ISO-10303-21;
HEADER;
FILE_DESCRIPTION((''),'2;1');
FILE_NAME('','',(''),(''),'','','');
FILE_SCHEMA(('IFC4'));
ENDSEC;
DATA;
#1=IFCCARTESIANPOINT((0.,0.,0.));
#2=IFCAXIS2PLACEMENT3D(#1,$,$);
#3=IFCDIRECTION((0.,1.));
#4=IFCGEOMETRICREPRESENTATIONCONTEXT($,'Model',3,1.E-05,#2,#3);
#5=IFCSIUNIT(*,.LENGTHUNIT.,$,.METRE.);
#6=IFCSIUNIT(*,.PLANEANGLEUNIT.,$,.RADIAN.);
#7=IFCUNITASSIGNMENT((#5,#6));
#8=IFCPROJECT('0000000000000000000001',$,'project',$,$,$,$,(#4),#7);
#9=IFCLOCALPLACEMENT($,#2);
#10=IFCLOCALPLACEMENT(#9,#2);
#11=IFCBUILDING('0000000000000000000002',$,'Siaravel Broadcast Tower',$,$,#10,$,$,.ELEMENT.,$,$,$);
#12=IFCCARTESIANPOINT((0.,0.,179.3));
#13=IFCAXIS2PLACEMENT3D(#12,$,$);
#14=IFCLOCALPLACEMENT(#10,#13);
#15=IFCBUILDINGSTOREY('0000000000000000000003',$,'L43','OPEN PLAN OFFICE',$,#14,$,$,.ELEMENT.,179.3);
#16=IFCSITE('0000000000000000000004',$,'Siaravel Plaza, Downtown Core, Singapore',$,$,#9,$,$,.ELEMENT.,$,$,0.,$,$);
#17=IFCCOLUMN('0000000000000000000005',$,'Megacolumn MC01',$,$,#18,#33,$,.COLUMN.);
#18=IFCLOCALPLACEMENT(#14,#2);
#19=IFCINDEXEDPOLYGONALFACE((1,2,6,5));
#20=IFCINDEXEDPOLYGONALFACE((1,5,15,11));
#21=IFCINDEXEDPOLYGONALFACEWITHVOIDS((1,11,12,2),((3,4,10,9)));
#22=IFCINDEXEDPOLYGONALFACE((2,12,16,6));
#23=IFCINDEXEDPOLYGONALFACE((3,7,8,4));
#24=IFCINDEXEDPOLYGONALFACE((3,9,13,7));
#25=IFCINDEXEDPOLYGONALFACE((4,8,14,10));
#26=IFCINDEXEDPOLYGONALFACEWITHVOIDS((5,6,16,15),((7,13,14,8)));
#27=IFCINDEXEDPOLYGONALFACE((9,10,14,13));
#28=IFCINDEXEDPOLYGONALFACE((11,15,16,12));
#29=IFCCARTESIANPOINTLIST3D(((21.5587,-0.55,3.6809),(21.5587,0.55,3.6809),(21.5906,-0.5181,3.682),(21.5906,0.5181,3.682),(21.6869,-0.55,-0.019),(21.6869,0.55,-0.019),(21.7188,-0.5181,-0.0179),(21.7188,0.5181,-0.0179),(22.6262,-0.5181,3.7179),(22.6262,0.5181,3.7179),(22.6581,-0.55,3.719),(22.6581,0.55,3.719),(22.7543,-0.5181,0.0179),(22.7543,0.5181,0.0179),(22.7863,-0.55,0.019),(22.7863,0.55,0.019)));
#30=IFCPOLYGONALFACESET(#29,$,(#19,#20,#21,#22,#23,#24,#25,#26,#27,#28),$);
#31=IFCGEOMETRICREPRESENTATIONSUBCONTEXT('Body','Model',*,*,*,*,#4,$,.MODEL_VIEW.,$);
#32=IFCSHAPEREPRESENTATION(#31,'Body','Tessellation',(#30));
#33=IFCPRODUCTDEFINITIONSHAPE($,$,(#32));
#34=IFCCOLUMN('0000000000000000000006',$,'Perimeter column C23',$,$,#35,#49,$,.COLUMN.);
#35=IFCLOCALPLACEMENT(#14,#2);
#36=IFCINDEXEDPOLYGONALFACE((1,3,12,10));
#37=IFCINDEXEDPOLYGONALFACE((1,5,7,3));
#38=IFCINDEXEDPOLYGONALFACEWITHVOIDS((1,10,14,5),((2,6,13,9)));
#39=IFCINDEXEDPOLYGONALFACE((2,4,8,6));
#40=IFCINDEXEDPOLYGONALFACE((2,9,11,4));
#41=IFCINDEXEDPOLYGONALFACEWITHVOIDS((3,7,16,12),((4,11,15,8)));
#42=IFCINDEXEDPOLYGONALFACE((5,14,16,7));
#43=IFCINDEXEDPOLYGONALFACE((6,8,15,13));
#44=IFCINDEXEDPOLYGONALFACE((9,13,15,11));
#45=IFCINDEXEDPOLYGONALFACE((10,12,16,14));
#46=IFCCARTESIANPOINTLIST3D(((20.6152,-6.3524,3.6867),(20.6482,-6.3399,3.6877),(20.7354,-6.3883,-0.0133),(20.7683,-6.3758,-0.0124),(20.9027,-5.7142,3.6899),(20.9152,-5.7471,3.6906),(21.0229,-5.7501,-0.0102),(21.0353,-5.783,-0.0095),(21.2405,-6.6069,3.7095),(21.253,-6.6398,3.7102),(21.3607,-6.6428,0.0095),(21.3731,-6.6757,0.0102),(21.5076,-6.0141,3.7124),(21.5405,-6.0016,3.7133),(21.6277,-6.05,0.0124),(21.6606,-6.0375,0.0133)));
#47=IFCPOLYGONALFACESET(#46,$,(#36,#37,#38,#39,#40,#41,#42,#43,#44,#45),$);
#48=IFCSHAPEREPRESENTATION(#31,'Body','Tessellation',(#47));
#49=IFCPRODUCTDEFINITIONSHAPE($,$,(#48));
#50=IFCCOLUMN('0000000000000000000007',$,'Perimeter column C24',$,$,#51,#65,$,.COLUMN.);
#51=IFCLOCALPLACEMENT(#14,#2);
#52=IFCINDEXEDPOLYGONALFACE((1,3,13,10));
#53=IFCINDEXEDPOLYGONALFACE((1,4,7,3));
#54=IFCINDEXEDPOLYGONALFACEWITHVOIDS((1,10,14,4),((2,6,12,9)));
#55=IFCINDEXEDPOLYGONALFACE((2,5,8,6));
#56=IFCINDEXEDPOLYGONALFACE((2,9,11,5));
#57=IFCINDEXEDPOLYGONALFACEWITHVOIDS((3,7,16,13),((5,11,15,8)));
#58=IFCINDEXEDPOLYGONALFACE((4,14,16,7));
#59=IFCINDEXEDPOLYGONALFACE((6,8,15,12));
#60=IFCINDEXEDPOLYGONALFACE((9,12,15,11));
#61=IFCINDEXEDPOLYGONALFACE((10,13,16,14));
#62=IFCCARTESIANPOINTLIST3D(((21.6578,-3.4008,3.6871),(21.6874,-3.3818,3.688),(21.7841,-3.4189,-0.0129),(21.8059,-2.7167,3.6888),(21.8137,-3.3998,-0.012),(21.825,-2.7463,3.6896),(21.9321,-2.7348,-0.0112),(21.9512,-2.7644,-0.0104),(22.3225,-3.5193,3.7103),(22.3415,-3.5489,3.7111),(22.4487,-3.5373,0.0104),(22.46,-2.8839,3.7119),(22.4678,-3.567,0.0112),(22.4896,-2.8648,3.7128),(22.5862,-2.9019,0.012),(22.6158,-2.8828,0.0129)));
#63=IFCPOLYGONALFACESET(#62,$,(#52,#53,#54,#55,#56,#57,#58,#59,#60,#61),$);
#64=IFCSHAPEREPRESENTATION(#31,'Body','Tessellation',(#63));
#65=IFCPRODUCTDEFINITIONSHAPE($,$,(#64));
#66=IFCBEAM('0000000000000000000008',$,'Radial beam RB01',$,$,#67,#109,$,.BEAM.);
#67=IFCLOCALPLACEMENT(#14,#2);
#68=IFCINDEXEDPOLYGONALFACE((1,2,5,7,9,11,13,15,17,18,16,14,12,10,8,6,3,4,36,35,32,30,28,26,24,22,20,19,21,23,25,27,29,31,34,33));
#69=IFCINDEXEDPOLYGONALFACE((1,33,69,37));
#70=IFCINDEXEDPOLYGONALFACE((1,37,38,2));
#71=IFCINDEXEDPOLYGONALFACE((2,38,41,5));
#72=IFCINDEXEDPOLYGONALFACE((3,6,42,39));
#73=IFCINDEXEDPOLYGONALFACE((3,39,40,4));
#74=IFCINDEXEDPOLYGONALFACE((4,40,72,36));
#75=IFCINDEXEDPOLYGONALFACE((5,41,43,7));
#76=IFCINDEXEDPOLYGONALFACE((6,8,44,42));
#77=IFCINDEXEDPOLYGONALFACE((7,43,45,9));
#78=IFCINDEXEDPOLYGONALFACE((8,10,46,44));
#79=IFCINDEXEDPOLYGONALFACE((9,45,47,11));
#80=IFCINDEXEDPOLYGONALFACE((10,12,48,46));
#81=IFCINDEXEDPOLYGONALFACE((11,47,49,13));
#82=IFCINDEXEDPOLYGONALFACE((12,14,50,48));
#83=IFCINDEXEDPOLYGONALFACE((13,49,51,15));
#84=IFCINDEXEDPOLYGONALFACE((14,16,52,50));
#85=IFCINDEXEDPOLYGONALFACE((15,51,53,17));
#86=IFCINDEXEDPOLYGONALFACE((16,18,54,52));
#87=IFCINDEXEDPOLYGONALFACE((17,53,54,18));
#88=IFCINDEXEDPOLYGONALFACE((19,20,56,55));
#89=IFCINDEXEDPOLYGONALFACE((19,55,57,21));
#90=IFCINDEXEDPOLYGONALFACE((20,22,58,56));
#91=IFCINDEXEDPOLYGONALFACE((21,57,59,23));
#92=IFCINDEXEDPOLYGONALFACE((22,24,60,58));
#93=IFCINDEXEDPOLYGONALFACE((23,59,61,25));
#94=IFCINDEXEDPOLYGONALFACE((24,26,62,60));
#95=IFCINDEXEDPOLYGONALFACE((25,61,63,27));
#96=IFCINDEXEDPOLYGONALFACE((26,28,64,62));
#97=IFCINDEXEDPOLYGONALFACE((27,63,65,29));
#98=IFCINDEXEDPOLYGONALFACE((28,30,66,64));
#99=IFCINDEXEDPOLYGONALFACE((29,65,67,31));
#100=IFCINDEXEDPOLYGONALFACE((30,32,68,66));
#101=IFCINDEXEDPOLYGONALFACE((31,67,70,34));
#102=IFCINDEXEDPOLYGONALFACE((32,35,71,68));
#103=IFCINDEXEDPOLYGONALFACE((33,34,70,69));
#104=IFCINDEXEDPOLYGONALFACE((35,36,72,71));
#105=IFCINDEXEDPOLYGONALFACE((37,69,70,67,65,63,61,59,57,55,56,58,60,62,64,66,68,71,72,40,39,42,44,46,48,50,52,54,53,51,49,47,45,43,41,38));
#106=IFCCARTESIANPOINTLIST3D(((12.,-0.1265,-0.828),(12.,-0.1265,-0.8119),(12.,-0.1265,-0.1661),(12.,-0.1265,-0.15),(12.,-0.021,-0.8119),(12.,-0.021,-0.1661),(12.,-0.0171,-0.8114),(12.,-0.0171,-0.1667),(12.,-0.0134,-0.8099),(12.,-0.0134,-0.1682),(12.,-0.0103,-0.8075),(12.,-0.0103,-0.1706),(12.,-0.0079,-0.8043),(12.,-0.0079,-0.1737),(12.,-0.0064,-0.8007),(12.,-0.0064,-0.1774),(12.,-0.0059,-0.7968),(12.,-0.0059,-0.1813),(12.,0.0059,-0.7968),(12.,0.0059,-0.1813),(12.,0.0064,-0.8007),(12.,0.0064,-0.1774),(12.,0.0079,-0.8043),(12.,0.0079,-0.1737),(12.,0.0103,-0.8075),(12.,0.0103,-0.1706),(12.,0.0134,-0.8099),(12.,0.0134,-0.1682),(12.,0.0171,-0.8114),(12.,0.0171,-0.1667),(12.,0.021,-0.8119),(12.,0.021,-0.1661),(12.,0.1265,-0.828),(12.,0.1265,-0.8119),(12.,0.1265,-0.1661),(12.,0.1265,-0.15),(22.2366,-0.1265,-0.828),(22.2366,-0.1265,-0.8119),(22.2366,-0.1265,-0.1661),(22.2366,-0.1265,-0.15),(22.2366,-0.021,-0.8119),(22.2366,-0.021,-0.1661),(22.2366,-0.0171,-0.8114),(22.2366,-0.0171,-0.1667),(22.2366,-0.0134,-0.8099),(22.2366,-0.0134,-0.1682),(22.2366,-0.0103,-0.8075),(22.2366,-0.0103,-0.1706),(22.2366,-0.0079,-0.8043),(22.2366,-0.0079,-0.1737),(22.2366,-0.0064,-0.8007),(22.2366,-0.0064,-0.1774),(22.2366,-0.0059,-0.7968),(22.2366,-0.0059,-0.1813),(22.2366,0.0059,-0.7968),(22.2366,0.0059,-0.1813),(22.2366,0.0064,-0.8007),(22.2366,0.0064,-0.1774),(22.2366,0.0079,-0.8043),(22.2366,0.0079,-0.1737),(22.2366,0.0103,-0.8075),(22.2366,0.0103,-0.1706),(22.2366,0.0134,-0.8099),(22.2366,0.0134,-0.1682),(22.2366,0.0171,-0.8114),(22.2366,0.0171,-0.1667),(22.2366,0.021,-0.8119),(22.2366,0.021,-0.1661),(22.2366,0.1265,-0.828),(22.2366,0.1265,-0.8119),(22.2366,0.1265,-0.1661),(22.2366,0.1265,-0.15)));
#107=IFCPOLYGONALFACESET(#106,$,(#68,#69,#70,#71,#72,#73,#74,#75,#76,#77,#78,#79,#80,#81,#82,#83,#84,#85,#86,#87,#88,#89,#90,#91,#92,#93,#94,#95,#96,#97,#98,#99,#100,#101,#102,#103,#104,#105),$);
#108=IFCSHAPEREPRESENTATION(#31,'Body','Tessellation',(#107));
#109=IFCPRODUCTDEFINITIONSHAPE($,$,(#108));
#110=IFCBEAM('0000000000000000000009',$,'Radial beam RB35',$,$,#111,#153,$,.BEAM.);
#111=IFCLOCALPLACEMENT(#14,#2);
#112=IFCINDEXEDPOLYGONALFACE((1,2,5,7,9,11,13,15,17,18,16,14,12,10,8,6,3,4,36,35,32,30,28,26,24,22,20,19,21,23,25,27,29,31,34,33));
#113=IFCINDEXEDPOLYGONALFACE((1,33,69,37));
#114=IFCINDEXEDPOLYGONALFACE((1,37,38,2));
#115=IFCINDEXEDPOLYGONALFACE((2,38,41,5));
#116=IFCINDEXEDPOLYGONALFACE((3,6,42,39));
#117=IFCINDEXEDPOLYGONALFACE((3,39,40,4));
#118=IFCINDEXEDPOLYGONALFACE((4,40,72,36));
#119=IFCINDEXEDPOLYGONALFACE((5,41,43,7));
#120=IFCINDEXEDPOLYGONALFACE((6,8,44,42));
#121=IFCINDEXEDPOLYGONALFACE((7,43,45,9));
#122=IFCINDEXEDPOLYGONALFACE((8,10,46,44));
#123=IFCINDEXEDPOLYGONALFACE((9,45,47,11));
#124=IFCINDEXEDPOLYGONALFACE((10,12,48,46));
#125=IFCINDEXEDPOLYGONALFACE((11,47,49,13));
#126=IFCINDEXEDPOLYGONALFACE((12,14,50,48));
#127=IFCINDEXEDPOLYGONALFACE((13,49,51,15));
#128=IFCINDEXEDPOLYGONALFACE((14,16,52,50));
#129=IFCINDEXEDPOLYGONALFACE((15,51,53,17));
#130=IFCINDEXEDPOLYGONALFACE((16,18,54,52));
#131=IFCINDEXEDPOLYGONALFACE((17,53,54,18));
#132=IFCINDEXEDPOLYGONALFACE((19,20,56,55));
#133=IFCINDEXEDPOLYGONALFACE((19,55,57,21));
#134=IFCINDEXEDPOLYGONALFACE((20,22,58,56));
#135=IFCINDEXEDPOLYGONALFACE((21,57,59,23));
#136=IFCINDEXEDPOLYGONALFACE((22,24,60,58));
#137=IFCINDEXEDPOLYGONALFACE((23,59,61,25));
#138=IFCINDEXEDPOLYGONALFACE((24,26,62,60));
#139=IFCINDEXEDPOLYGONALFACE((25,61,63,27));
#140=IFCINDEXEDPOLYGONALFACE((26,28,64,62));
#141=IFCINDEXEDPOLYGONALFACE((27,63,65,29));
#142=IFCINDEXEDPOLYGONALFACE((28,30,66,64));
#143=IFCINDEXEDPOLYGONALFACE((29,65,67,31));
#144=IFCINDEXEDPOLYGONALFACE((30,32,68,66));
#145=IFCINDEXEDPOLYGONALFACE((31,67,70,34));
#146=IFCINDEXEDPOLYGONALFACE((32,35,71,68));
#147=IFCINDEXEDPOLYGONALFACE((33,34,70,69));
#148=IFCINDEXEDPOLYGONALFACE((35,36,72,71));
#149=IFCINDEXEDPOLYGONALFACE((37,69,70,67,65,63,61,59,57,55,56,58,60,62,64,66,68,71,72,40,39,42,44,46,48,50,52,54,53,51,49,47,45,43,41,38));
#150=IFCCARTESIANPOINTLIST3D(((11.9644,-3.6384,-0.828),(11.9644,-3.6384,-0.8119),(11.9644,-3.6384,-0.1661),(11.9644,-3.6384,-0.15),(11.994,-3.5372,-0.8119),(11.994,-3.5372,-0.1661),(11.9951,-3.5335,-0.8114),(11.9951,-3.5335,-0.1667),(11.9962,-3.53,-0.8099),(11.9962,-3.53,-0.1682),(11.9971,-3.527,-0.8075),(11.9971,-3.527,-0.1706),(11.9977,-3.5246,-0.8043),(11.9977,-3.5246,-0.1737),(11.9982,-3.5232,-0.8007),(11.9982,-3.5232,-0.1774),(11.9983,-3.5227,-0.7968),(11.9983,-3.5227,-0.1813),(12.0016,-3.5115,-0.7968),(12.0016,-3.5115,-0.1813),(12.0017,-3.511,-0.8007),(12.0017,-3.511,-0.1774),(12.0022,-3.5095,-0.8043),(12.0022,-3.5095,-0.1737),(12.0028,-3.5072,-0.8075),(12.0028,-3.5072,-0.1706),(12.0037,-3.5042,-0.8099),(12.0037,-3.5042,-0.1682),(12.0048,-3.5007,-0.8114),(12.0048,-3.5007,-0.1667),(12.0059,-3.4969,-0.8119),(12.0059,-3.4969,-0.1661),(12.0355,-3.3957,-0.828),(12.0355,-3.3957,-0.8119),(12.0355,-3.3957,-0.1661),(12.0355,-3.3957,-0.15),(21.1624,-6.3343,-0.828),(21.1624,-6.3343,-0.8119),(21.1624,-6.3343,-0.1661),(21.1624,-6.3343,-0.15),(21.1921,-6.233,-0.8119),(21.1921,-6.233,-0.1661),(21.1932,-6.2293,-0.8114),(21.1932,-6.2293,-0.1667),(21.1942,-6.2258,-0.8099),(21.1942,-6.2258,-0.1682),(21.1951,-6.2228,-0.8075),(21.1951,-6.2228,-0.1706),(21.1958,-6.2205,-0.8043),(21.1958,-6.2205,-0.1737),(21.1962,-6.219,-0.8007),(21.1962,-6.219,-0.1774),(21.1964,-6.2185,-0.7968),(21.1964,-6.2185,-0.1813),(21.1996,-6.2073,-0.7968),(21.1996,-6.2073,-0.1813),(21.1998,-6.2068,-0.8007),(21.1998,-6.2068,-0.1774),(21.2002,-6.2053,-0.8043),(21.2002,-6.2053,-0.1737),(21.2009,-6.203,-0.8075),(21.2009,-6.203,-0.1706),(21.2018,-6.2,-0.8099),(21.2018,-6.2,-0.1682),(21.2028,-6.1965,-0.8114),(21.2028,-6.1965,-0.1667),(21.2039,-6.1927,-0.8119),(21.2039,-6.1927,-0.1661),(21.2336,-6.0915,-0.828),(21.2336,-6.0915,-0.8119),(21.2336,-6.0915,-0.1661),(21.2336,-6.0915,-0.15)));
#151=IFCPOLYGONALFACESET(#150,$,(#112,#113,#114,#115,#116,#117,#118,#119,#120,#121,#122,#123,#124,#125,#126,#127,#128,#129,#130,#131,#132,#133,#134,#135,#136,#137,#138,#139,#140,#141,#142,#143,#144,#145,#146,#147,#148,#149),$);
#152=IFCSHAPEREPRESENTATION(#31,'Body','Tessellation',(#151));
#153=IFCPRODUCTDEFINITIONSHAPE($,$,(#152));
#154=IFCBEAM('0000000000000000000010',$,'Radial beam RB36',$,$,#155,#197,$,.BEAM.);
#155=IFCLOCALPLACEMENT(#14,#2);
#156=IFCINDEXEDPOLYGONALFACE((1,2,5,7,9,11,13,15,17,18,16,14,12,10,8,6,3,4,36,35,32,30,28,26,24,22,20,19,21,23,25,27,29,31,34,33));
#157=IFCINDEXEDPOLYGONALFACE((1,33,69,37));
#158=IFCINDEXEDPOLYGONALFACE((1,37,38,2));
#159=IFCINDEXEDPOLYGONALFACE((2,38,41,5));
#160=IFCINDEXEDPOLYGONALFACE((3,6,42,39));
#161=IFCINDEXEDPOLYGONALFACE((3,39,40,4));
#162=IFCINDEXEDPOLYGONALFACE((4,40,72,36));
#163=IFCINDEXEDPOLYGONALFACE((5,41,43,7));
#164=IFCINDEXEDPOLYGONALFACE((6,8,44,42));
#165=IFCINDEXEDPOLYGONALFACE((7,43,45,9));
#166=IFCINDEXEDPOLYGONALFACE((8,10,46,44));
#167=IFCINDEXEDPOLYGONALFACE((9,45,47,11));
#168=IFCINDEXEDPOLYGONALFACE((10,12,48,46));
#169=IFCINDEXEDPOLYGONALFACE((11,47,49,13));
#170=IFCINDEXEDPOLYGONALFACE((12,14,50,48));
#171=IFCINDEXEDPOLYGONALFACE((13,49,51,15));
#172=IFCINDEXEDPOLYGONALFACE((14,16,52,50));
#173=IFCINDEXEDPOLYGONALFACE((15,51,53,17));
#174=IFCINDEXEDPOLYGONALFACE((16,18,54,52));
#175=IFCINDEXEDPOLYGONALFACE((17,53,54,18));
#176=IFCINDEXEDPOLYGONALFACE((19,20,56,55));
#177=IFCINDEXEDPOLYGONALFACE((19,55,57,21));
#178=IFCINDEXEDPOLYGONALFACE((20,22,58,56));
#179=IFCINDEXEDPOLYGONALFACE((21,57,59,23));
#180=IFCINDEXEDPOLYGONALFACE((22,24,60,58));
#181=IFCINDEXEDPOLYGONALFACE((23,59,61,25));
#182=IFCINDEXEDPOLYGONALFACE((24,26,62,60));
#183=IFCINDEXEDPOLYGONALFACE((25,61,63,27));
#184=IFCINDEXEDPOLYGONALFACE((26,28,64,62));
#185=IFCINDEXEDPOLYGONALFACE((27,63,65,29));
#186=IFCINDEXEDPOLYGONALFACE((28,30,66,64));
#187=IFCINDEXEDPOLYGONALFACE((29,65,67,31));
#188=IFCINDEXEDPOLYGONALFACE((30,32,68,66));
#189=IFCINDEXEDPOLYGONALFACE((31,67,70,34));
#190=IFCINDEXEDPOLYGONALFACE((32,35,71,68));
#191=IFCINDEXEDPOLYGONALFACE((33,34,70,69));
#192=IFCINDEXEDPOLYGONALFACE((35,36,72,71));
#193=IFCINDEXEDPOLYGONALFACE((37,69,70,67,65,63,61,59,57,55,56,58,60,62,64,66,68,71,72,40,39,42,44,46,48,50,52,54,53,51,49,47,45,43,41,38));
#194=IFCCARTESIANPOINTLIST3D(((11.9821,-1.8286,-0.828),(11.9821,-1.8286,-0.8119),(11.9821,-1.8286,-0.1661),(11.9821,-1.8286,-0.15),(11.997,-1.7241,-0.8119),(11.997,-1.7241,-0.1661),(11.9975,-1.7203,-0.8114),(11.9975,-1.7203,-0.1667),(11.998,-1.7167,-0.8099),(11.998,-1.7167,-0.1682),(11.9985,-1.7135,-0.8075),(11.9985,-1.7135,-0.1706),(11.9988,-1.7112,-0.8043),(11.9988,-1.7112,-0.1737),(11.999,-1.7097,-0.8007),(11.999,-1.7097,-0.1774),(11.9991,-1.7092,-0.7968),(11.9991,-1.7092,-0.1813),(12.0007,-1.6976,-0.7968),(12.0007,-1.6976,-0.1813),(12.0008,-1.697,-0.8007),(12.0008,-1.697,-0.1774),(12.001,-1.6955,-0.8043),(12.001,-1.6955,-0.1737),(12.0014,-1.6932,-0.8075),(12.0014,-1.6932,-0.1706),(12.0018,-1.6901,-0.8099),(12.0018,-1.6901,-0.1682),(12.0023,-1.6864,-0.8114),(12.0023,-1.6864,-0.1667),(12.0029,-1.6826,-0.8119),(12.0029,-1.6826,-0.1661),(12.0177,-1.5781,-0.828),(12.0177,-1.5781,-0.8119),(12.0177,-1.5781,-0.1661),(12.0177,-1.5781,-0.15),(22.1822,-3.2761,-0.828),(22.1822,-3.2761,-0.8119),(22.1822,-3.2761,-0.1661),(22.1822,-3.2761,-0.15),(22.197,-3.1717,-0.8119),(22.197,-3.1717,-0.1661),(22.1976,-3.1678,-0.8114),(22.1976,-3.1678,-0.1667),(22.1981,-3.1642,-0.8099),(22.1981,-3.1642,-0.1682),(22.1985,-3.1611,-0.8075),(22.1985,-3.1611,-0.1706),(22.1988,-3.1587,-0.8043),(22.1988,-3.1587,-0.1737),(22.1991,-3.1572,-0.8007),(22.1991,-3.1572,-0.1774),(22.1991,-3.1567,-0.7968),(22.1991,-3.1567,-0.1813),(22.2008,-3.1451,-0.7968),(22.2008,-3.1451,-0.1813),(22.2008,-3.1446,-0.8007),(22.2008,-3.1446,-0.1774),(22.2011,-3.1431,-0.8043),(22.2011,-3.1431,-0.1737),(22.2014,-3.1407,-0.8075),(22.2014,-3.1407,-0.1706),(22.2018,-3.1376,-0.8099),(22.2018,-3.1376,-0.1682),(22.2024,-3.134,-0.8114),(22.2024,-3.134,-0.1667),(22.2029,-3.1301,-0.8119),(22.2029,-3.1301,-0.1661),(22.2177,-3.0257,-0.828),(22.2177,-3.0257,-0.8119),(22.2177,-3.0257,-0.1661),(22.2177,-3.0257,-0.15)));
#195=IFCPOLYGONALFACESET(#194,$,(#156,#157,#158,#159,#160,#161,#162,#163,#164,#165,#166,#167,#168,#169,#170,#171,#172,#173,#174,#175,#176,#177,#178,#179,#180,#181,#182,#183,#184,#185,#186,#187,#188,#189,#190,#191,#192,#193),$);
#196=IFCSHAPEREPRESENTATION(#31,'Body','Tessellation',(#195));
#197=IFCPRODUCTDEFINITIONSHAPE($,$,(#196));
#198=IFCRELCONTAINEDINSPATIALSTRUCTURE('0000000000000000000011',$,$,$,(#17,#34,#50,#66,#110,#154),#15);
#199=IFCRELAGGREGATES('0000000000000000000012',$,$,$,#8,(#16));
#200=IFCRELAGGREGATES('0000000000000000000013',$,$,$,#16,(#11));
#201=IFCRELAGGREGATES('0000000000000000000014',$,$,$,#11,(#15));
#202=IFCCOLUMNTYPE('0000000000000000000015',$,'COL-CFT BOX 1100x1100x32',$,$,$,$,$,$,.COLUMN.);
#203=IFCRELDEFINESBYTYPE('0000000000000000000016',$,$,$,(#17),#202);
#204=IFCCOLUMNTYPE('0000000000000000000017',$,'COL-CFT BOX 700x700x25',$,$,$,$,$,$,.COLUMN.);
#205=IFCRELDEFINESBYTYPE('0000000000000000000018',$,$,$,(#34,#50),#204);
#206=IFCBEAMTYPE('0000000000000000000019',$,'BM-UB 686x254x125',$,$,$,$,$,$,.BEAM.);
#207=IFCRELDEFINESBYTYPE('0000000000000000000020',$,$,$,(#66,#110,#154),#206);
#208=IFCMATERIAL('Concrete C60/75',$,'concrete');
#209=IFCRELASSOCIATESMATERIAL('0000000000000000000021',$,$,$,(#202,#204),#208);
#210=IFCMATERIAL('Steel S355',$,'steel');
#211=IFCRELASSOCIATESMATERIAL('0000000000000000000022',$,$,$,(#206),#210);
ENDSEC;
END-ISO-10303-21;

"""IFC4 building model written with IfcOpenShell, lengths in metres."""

from ifc_helpers import new_model, si_unit, direction, frame, origin, origin_2d, place, context, subcontext, project, spatial, hollow_rectangle, i_section, extrude, material, material_profile, profile_set, type_object, element, save


model = new_model("IFC4")

# Units and contexts
model_context = context("Model", 3, precision=1e-05, world=origin(), true_north=direction((0.0, 1.0)))
body_context = subcontext(model_context, "Body", "Model", "MODEL_VIEW")
ifc_project = project(units=[si_unit("LENGTHUNIT", "METRE"), si_unit("PLANEANGLEUNIT", "RADIAN")], contexts=[model_context])

# Site, building, storey
site_placement = place(None, origin())
site = spatial("IfcSite", under=ifc_project, at=site_placement, Name="Siaravel Plaza, Downtown Core, Singapore", CompositionType="ELEMENT", RefElevation=0.0)
building_placement = place(site_placement, origin())
building = spatial("IfcBuilding", under=site, at=building_placement, Name="Siaravel Broadcast Tower", CompositionType="ELEMENT")
storey_placement = place(building_placement, frame((0.0, 0.0, 179.3)))
storey = spatial("IfcBuildingStorey", under=building, at=storey_placement, Name="L43", Description="OPEN PLAN OFFICE", CompositionType="ELEMENT", Elevation=179.3)

# Columns
ifc_material_1 = material(Name="Concrete C60/75", Category="concrete")
ifc_material_profile_1 = material_profile(ifc_material_1, hollow_rectangle(XDim=1.1001, YDim=1.1001, WallThickness=0.032, at=origin_2d()))
ifc_profile_set_1 = profile_set([ifc_material_profile_1], Name="Concrete C60/75")
column_type_1 = type_object("IfcColumnType", Name="COL-CFT BOX 1100x1100x32", PredefinedType="COLUMN", material=ifc_profile_set_1)
column_placement = place(storey_placement, frame((22.2366, 0.0, 0.0), z_axis=(-0.034621, 0.0, 0.999401), x_axis=(0.0, -1.0, 0.0)))
element("IfcColumn", 1, at=column_placement, inside=storey, type_object=column_type_1, Name="Megacolumn MC01", PredefinedType="COLUMN", context=body_context, shape_type="SweptSolid", body=[
    extrude(hollow_rectangle(XDim=1.1001, YDim=1.1001, WallThickness=0.032, at=origin_2d()), origin(), (0.0, 0.0, 1.0), 3.7021),
])
ifc_material_profile_2 = material_profile(ifc_material_1, hollow_rectangle(XDim=0.7, YDim=0.7, WallThickness=0.0249, at=origin_2d()))
ifc_profile_set_2 = profile_set([ifc_material_profile_2], Name="Concrete C60/75")
column_type_2 = type_object("IfcColumnType", Name="COL-CFT BOX 700x700x25", PredefinedType="COLUMN", material=ifc_profile_set_2)
for number, where, z_axis, x_axis, name in (
    (2, (21.198, -6.2129, 0.0), (-0.032446, 0.009694, 0.999426), (-0.410759, -0.911733, -0.004492), "Perimeter column C23"),
    (3, (22.2, -3.1509, 0.0), (-0.034094, 0.00488, 0.999407), (-0.21155, -0.977364, -0.002444), "Perimeter column C24"),
):
    element("IfcColumn", number, at=place(storey_placement, frame(where, z_axis=z_axis, x_axis=x_axis)), inside=storey, type_object=column_type_2, Name=name, PredefinedType="COLUMN", context=body_context, shape_type="SweptSolid", body=[
        extrude(hollow_rectangle(XDim=0.7, YDim=0.7, WallThickness=0.0249, at=origin_2d()), origin(), (0.0, 0.0, 1.0), 3.7021),
    ])

# Beams
ifc_material_2 = material(Name="Steel S355", Category="steel")
ifc_material_profile_3 = material_profile(ifc_material_2, i_section(OverallWidth=0.2529, OverallDepth=0.678, WebThickness=0.0117, FlangeThickness=0.0161, FilletRadius=0.0151, at=origin_2d()))
ifc_profile_set_3 = profile_set([ifc_material_profile_3], Name="Steel S355")
beam_type = type_object("IfcBeamType", Name="BM-UB 686x254x125", PredefinedType="BEAM", material=ifc_profile_set_3)
beam_1_placement = place(storey_placement, frame((22.2366, 0.0, -0.489), z_axis=(-1.0, 0.0, 0.0), x_axis=(0.0, -1.0, 0.0)))
element("IfcBeam", 4, at=beam_1_placement, inside=storey, type_object=beam_type, Name="Radial beam RB01", PredefinedType="BEAM", context=body_context, shape_type="SweptSolid", body=[
    extrude(i_section(OverallWidth=0.2529, OverallDepth=0.678, WebThickness=0.0117, FlangeThickness=0.0161, FilletRadius=0.0151, at=origin_2d()), origin(), (0.0, 0.0, 1.0), 10.2366),
])
beam_2_placement = place(storey_placement, frame((21.198, -6.2129, -0.489), z_axis=(-0.959633, 0.281255, 0.0), x_axis=(-0.281255, -0.959633, 0.0)))
element("IfcBeam", 5, at=beam_2_placement, inside=storey, type_object=beam_type, Name="Radial beam RB35", PredefinedType="BEAM", context=body_context, shape_type="SweptSolid", body=[
    extrude(i_section(OverallWidth=0.2529, OverallDepth=0.678, WebThickness=0.0117, FlangeThickness=0.0161, FilletRadius=0.0151, at=origin_2d()), origin(), (0.0, 0.0, 1.0), 9.585),
])
beam_3_placement = place(storey_placement, frame((22.2, -3.1509, -0.489), z_axis=(-0.99008, 0.140506, 0.0), x_axis=(-0.140506, -0.99008, 0.0)))
element("IfcBeam", 6, at=beam_3_placement, inside=storey, type_object=beam_type, Name="Radial beam RB36", PredefinedType="BEAM", context=body_context, shape_type="SweptSolid", body=[
    extrude(i_section(OverallWidth=0.2529, OverallDepth=0.678, WebThickness=0.0117, FlangeThickness=0.0161, FilletRadius=0.0151, at=origin_2d()), origin(), (0.0, 0.0, 1.0), 10.3022),
])

save(model, "model.ifc")
